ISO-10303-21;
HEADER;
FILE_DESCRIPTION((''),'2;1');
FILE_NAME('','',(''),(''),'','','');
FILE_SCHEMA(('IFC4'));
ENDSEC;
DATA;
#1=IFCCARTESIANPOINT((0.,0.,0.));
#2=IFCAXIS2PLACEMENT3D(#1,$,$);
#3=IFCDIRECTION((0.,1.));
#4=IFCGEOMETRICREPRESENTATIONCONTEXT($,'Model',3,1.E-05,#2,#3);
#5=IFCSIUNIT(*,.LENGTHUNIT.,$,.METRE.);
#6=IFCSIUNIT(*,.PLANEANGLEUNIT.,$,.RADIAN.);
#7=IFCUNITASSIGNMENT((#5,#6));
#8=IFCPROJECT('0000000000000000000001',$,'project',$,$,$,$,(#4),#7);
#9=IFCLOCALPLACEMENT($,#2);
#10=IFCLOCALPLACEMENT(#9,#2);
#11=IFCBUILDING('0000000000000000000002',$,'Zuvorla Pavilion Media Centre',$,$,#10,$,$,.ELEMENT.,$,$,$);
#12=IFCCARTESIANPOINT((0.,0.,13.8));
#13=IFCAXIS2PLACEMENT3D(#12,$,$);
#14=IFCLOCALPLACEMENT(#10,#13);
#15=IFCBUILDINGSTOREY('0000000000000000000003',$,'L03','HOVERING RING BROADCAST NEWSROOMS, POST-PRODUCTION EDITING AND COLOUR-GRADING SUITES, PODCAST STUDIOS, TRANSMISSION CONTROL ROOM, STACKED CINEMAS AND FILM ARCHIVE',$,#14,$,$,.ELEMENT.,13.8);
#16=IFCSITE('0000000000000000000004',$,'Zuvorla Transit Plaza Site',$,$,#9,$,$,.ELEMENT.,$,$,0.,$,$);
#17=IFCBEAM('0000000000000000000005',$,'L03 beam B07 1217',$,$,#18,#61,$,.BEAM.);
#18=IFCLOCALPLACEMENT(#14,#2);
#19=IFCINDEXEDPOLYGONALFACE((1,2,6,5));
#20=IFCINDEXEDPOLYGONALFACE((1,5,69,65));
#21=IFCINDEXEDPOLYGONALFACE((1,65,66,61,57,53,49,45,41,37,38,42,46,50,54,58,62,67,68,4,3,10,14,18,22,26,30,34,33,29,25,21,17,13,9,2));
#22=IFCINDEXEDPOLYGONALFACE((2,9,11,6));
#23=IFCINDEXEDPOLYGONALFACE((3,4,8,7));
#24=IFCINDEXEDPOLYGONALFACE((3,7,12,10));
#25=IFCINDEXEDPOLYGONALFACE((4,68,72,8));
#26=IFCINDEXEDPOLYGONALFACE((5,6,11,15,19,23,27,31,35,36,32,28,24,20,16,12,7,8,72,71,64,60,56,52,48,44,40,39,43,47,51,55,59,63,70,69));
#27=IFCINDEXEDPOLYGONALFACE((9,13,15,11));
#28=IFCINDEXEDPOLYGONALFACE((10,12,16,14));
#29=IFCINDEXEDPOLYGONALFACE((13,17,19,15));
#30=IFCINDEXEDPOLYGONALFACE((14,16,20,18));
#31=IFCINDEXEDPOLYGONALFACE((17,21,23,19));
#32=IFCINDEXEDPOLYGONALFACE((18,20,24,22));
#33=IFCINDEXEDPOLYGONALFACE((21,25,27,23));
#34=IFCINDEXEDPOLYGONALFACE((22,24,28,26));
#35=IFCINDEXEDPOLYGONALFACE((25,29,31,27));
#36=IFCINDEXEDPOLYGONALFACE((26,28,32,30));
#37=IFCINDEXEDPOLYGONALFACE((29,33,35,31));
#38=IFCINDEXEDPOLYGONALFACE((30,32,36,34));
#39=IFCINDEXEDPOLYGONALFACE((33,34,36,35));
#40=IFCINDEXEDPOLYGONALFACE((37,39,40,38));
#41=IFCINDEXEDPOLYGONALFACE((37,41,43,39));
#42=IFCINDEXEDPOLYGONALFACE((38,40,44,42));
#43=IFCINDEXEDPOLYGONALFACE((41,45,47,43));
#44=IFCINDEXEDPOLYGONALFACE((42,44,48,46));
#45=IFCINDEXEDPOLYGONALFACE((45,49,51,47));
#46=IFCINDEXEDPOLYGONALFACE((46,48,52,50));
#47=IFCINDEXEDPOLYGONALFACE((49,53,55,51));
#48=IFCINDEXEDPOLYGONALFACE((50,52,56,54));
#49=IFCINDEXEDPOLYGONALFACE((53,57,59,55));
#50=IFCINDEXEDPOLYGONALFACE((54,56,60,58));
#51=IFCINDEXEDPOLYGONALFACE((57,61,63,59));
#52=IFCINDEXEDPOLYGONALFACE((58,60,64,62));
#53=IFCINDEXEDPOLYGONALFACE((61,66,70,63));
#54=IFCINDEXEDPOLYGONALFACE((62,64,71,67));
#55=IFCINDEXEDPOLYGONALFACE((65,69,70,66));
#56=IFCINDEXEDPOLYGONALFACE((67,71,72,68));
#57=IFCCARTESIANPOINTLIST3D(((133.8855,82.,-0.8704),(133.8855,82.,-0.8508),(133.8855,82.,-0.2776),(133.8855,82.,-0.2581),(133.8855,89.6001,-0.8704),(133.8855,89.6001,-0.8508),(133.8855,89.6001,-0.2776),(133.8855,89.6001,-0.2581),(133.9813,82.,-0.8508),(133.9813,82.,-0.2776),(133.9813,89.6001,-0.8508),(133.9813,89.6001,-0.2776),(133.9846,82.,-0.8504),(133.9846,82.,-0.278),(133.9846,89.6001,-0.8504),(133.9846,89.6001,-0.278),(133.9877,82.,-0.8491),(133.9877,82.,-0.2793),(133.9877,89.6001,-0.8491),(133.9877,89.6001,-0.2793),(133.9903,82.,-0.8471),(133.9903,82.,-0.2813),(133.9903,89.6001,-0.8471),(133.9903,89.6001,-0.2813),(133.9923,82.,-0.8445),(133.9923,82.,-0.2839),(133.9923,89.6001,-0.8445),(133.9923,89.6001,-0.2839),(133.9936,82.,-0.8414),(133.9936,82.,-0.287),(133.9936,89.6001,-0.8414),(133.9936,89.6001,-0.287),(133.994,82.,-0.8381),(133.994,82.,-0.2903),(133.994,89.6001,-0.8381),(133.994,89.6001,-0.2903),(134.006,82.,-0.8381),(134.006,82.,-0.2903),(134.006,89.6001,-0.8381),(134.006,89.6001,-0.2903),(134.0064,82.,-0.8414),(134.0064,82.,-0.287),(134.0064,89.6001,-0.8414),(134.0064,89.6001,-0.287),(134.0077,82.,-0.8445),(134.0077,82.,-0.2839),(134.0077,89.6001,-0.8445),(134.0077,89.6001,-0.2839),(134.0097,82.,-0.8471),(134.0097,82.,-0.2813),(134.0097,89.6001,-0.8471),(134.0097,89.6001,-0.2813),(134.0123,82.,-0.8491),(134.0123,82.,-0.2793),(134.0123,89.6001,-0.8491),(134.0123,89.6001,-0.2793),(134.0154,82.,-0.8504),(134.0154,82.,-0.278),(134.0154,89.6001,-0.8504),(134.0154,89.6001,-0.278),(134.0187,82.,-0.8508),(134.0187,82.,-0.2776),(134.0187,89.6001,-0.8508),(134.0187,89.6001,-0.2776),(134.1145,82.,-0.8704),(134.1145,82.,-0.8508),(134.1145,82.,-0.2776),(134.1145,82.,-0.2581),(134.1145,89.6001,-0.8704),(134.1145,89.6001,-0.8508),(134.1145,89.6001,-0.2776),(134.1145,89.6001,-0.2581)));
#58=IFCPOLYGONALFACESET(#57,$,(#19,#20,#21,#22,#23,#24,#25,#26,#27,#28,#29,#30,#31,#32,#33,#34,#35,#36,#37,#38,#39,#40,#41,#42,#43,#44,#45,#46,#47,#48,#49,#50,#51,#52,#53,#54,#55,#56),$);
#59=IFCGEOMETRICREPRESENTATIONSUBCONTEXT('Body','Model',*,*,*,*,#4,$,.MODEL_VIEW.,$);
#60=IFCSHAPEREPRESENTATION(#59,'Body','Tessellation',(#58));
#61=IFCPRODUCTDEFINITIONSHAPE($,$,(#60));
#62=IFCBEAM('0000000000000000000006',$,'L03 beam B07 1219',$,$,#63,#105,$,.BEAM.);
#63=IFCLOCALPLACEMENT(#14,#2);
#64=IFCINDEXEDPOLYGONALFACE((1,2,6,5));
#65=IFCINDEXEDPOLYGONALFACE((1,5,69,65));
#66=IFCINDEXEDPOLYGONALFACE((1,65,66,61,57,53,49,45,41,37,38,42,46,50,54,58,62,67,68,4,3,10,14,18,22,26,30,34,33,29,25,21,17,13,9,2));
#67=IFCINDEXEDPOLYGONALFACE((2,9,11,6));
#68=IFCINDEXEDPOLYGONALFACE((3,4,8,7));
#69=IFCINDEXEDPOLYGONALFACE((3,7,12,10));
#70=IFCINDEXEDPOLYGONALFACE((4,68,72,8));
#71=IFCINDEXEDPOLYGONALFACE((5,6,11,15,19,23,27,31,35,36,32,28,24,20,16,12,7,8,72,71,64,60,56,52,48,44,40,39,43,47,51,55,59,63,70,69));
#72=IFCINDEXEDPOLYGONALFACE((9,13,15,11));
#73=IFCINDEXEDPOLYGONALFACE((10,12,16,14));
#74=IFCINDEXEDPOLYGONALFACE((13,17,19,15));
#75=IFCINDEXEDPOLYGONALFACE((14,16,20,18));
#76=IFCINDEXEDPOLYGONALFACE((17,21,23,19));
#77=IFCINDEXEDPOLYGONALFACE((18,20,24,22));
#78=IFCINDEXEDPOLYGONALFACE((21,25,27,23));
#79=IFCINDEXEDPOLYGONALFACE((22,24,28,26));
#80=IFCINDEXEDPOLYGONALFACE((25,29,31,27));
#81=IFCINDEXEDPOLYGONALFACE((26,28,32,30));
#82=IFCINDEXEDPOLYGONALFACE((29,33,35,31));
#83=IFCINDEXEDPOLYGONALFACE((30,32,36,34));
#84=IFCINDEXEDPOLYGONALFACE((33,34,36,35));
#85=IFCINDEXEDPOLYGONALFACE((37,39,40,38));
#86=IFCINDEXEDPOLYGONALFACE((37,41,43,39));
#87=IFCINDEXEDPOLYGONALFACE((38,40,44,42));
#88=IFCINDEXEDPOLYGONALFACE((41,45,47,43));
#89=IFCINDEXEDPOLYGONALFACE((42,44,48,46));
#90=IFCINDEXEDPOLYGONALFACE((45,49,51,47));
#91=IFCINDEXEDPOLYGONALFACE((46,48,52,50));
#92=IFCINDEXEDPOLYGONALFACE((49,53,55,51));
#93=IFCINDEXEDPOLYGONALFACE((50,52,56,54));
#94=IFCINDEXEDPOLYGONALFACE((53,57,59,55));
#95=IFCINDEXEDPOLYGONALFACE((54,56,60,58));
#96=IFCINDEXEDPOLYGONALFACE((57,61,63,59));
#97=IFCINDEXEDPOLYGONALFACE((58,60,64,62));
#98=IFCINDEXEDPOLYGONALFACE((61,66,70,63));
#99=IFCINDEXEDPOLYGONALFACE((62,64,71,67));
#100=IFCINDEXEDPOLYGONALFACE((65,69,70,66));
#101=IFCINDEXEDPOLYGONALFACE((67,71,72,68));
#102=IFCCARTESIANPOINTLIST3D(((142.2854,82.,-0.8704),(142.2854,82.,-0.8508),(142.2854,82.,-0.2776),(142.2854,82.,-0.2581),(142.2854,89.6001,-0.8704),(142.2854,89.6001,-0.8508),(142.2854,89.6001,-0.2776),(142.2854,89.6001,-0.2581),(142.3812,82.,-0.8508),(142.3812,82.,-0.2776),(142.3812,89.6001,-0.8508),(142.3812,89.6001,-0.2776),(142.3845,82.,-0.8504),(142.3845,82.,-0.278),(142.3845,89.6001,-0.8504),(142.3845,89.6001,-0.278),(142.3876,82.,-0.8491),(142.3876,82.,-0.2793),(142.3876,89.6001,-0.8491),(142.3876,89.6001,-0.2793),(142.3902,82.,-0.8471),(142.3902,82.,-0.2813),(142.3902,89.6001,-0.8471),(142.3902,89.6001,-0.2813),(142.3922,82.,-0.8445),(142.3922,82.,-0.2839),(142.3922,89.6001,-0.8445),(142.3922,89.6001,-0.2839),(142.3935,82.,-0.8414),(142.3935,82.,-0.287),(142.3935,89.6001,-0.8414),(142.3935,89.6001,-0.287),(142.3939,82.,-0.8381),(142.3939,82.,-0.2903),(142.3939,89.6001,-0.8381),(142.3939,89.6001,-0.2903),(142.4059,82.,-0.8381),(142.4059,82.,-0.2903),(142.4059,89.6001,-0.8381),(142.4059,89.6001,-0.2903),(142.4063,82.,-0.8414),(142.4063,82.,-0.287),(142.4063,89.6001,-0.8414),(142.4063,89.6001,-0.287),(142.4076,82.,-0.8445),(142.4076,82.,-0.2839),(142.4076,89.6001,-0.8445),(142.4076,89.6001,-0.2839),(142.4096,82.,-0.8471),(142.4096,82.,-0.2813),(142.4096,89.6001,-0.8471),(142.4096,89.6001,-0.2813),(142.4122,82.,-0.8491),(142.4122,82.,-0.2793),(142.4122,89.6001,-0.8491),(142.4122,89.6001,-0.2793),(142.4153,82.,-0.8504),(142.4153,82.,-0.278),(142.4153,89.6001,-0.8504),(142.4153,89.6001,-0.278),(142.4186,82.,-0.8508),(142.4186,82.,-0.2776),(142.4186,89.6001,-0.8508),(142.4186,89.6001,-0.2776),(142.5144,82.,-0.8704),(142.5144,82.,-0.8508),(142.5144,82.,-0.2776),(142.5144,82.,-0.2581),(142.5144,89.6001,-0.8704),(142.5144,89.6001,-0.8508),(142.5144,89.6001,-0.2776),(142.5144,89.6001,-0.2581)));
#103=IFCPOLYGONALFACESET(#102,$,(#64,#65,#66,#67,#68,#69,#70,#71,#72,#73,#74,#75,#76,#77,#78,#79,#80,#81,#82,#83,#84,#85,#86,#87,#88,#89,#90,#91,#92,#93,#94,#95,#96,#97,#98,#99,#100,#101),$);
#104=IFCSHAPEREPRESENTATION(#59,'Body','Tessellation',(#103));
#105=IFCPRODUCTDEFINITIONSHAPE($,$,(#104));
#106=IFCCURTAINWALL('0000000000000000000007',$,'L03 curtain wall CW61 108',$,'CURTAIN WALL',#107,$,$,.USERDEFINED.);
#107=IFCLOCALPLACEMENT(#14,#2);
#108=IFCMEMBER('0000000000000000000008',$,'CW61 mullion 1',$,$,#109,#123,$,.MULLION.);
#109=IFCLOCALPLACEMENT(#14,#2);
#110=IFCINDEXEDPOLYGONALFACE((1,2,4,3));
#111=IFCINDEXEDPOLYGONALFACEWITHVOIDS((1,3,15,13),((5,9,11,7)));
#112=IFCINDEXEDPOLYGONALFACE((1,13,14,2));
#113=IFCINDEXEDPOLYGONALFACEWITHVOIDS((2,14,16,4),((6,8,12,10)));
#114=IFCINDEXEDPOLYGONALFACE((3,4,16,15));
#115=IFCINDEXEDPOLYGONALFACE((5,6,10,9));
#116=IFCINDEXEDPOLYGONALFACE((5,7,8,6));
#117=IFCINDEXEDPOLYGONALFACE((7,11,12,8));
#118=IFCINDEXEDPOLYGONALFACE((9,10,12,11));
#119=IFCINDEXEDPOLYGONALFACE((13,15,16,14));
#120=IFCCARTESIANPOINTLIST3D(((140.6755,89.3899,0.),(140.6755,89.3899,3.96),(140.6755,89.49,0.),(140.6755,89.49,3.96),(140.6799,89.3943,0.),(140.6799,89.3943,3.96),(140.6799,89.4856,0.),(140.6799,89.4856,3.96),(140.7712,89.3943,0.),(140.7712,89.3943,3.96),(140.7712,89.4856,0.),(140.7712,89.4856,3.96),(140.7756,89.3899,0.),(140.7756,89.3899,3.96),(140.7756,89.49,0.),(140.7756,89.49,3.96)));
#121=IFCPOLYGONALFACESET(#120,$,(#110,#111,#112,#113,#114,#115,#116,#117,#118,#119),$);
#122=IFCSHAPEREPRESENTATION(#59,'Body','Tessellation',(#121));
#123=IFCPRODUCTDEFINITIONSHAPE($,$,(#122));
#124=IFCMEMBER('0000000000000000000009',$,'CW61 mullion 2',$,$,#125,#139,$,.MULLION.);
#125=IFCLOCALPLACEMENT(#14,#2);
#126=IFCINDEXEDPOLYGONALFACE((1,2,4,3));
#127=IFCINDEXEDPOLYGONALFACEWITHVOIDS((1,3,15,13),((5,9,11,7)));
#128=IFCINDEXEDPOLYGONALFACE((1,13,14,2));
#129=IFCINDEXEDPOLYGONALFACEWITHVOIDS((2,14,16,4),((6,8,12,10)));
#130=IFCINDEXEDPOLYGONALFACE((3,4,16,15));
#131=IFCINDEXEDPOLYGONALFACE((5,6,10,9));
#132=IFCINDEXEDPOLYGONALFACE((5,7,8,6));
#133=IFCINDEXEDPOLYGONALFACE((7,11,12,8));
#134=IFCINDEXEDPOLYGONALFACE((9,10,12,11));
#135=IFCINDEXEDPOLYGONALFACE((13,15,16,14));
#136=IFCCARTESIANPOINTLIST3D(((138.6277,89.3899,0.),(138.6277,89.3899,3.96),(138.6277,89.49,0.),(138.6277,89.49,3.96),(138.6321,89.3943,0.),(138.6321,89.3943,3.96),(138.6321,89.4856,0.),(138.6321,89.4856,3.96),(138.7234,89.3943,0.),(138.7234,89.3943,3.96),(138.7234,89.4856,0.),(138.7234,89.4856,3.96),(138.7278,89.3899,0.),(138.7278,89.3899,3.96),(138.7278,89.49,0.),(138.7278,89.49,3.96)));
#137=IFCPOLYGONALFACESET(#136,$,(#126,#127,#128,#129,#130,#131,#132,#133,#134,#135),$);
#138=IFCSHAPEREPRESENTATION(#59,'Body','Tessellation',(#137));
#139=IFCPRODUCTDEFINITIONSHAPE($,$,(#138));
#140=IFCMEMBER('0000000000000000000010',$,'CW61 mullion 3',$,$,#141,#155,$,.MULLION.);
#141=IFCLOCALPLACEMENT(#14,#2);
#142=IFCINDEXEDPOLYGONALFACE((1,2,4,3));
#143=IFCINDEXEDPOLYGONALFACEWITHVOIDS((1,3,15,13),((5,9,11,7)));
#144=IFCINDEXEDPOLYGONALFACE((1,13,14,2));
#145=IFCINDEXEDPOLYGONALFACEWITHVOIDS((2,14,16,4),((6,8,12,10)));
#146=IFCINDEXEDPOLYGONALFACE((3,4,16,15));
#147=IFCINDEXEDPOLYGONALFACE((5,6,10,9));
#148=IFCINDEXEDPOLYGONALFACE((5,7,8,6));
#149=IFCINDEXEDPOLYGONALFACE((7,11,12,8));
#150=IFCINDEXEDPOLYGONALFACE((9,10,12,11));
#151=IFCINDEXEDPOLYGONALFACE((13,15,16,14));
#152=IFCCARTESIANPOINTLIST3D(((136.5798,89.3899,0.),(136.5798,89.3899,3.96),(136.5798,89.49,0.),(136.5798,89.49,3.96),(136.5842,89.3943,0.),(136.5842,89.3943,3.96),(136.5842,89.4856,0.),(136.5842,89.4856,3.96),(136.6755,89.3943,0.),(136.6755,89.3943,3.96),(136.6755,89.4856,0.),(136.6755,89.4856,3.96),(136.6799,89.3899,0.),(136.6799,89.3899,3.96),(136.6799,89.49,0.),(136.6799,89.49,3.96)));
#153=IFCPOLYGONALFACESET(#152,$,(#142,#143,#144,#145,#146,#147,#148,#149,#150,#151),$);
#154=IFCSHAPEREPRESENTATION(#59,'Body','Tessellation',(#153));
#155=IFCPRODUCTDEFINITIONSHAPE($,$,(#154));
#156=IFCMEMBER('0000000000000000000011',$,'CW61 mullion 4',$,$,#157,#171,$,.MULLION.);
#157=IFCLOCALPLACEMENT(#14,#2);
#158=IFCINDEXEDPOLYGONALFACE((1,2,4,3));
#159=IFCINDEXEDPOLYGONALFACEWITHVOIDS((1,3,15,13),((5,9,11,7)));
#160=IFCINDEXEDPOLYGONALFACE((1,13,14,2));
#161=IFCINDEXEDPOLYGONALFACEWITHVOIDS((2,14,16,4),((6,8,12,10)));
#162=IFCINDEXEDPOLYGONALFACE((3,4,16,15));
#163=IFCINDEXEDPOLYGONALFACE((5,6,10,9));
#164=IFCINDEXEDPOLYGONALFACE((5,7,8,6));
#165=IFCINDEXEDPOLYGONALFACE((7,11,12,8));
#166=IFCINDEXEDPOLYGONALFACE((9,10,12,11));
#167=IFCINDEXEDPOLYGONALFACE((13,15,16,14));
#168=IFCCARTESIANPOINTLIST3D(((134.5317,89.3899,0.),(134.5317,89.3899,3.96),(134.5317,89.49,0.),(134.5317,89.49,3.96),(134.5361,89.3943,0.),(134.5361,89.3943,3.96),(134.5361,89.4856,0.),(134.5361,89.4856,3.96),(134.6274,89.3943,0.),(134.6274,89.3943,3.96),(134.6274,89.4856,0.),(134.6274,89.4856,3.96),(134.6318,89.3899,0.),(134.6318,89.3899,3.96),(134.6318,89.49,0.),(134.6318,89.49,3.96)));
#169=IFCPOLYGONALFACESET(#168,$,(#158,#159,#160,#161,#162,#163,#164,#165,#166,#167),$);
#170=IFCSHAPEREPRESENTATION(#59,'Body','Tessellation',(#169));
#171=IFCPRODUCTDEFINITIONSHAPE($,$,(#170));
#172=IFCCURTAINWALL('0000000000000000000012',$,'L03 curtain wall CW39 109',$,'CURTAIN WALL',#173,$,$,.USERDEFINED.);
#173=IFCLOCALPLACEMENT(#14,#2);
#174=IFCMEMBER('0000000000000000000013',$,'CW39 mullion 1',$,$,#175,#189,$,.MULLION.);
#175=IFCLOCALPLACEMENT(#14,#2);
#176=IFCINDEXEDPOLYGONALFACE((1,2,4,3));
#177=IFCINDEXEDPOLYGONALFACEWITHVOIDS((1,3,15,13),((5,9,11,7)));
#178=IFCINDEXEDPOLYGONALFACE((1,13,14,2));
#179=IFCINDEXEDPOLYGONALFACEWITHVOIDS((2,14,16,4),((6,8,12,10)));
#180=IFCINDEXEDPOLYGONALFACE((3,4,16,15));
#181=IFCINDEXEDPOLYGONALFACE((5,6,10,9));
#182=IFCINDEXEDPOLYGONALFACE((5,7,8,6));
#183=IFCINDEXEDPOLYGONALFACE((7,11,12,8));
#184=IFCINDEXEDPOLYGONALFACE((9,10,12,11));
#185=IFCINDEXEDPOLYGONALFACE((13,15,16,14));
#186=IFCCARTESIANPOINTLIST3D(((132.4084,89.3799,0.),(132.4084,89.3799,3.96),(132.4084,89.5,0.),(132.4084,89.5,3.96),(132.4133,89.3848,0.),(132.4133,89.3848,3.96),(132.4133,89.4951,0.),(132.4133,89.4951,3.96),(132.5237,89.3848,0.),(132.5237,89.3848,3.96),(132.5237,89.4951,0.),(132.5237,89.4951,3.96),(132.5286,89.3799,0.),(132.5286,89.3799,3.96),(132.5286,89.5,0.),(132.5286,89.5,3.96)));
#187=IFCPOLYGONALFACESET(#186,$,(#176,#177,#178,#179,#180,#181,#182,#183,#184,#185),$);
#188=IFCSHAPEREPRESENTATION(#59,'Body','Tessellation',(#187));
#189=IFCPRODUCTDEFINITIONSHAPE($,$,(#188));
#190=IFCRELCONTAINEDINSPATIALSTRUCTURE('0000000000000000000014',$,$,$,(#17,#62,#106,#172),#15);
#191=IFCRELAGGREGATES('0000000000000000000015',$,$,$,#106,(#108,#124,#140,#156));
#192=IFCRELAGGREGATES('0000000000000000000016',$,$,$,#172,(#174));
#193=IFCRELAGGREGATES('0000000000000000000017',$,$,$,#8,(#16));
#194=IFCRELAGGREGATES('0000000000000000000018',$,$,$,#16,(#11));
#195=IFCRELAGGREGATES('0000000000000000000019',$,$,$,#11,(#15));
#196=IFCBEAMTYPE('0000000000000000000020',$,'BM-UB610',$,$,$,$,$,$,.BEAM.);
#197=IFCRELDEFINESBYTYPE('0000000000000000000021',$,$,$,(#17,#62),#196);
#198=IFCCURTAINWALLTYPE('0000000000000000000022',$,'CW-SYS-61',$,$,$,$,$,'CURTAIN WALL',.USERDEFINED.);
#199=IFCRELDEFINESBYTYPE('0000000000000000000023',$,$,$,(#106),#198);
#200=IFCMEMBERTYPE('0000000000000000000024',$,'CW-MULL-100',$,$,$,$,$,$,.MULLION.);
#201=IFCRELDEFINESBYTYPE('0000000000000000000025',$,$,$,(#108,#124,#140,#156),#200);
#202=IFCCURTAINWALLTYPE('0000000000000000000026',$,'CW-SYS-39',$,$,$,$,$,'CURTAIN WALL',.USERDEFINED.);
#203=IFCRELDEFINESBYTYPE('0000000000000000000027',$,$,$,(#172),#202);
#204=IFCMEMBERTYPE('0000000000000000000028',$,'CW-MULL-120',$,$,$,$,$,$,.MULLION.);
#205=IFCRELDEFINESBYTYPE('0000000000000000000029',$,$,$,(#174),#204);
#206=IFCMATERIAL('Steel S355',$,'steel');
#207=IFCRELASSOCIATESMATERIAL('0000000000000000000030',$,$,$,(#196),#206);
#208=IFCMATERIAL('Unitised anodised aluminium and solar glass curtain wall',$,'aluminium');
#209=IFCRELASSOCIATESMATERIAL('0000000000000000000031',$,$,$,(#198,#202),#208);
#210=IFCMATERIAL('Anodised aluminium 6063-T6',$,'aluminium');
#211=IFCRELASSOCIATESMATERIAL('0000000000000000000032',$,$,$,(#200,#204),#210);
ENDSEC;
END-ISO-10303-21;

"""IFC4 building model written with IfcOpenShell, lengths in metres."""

from ifc_helpers import new_model, si_unit, direction, frame, origin, origin_2d, place, context, subcontext, project, spatial, hollow_rectangle, i_section, extrude, material, material_profile, profile_set, type_object, element, aggregate, save


model = new_model("IFC4")

# Units and contexts
model_context = context("Model", 3, precision=1e-05, world=origin(), true_north=direction((0.0, 1.0)))
body_context = subcontext(model_context, "Body", "Model", "MODEL_VIEW")
ifc_project = project(units=[si_unit("LENGTHUNIT", "METRE"), si_unit("PLANEANGLEUNIT", "RADIAN")], contexts=[model_context])

# Site, building, storey
site_placement = place(None, origin())
site = spatial("IfcSite", under=ifc_project, at=site_placement, Name="Zuvorla Transit Plaza Site", CompositionType="ELEMENT", RefElevation=0.0)
building_placement = place(site_placement, origin())
building = spatial("IfcBuilding", under=site, at=building_placement, Name="Zuvorla Pavilion Media Centre", CompositionType="ELEMENT")
storey_placement = place(building_placement, frame((0.0, 0.0, 13.8)))
storey = spatial("IfcBuildingStorey", under=building, at=storey_placement, Name="L03", Description="HOVERING RING BROADCAST NEWSROOMS, POST-PRODUCTION EDITING AND COLOUR-GRADING SUITES, PODCAST STUDIOS, TRANSMISSION CONTROL ROOM, STACKED CINEMAS AND FILM ARCHIVE", CompositionType="ELEMENT", Elevation=13.8)

# Shared definitions
ifc_material_1 = material(Name="Steel S355", Category="steel")

# Beams
ifc_material_profile_1 = material_profile(ifc_material_1, i_section(OverallWidth=0.229, OverallDepth=0.6123, WebThickness=0.012, FlangeThickness=0.0195, FilletRadius=0.0127, at=origin_2d()), Name="UB 610x229x125")
ifc_profile_set_1 = profile_set([ifc_material_profile_1], Name="Steel S355")
beam_type_1 = type_object("IfcBeamType", Name="BM-UB610", PredefinedType="BEAM", material=ifc_profile_set_1)
for number, where, z_axis, x_axis, name in (
    (1, (134.0, 82.0, -0.5642), (0.0, 1.0, 0.0), (-1.0, 0.0, 0.0), "L03 beam B07 1217"),
    (2, (142.3999, 82.0, -0.5642), (0.0, 1.0, 0.0), (-1.0, 0.0, 0.0), "L03 beam B07 1219"),
):
    element("IfcBeam", number, at=place(storey_placement, frame(where, z_axis=z_axis, x_axis=x_axis)), inside=storey, type_object=beam_type_1, Name=name, PredefinedType="BEAM", context=body_context, shape_type="SweptSolid", body=[
        extrude(i_section(OverallWidth=0.229, OverallDepth=0.6123, WebThickness=0.012, FlangeThickness=0.0195, FilletRadius=0.0127, at=origin_2d()), origin(), (0.0, 0.0, 1.0), 7.6001),
    ])

# Curtain walls, members
ifc_material_2 = material(Name="Unitised anodised aluminium and solar glass curtain wall", Category="aluminium")
curtain_wall_type_1 = type_object("IfcCurtainWallType", Name="CW-SYS-61", ElementType="CURTAIN WALL", PredefinedType="USERDEFINED", material=ifc_material_2)
curtain_wall_1_placement = place(storey_placement, origin())
curtain_wall_1 = element("IfcCurtainWall", 3, at=curtain_wall_1_placement, inside=storey, type_object=curtain_wall_type_1, Name="L03 curtain wall CW61 108", ObjectType="CURTAIN WALL", PredefinedType="USERDEFINED")
ifc_material_3 = material(Name="Anodised aluminium 6063-T6", Category="aluminium")
ifc_material_profile_2 = material_profile(ifc_material_3, hollow_rectangle(XDim=0.1001, YDim=0.1001, WallThickness=0.0044, at=origin_2d()), Name="ALU MULL 100x100")
ifc_profile_set_2 = profile_set([ifc_material_profile_2], Name="Anodised aluminium 6063-T6")
member_type_1 = type_object("IfcMemberType", Name="CW-MULL-100", PredefinedType="MULLION", material=ifc_profile_set_2)
member_1_placement = place(storey_placement, frame((140.7256, 89.4399, 0.0), z_axis=(0.0, 0.0, 1.0), x_axis=(1.0, 0.0, 0.0)))
member_1 = element("IfcMember", 4, at=member_1_placement, type_object=member_type_1, Name="CW61 mullion 1", PredefinedType="MULLION", context=body_context, shape_type="SweptSolid", body=[
    extrude(hollow_rectangle(XDim=0.1001, YDim=0.1001, WallThickness=0.0044, at=origin_2d()), origin(), (0.0, 0.0, 1.0), 3.96),
])
member_2_placement = place(storey_placement, frame((138.6777, 89.4399, 0.0), z_axis=(0.0, 0.0, 1.0), x_axis=(1.0, 0.0, 0.0)))
member_2 = element("IfcMember", 5, at=member_2_placement, type_object=member_type_1, Name="CW61 mullion 2", PredefinedType="MULLION", context=body_context, shape_type="SweptSolid", body=[
    extrude(hollow_rectangle(XDim=0.1001, YDim=0.1001, WallThickness=0.0044, at=origin_2d()), origin(), (0.0, 0.0, 1.0), 3.96),
])
member_3_placement = place(storey_placement, frame((136.6299, 89.4399, 0.0), z_axis=(0.0, 0.0, 1.0), x_axis=(1.0, 0.0, 0.0)))
member_3 = element("IfcMember", 6, at=member_3_placement, type_object=member_type_1, Name="CW61 mullion 3", PredefinedType="MULLION", context=body_context, shape_type="SweptSolid", body=[
    extrude(hollow_rectangle(XDim=0.1001, YDim=0.1001, WallThickness=0.0044, at=origin_2d()), origin(), (0.0, 0.0, 1.0), 3.96),
])
member_4_placement = place(storey_placement, frame((134.5818, 89.4399, 0.0), z_axis=(0.0, 0.0, 1.0), x_axis=(1.0, 0.0, 0.0)))
member_4 = element("IfcMember", 7, at=member_4_placement, type_object=member_type_1, Name="CW61 mullion 4", PredefinedType="MULLION", context=body_context, shape_type="SweptSolid", body=[
    extrude(hollow_rectangle(XDim=0.1001, YDim=0.1001, WallThickness=0.0044, at=origin_2d()), origin(), (0.0, 0.0, 1.0), 3.96),
])
curtain_wall_type_2 = type_object("IfcCurtainWallType", Name="CW-SYS-39", ElementType="CURTAIN WALL", PredefinedType="USERDEFINED", material=ifc_material_2)
curtain_wall_2_placement = place(storey_placement, origin())
curtain_wall_2 = element("IfcCurtainWall", 8, at=curtain_wall_2_placement, inside=storey, type_object=curtain_wall_type_2, Name="L03 curtain wall CW39 109", ObjectType="CURTAIN WALL", PredefinedType="USERDEFINED")
ifc_material_profile_3 = material_profile(ifc_material_3, hollow_rectangle(XDim=0.1201, YDim=0.1201, WallThickness=0.0049, at=origin_2d()), Name="ALU MULL 120x120")
ifc_profile_set_3 = profile_set([ifc_material_profile_3], Name="Anodised aluminium 6063-T6")
member_type_2 = type_object("IfcMemberType", Name="CW-MULL-120", PredefinedType="MULLION", material=ifc_profile_set_3)
member_5_placement = place(storey_placement, frame((132.4685, 89.4399, 0.0), z_axis=(0.0, 0.0, 1.0), x_axis=(1.0, 0.0, 0.0)))
member_5 = element("IfcMember", 9, at=member_5_placement, type_object=member_type_2, Name="CW39 mullion 1", PredefinedType="MULLION", context=body_context, shape_type="SweptSolid", body=[
    extrude(hollow_rectangle(XDim=0.1201, YDim=0.1201, WallThickness=0.0049, at=origin_2d()), origin(), (0.0, 0.0, 1.0), 3.96),
])

aggregate(curtain_wall_1, [member_1, member_2, member_3, member_4])
aggregate(curtain_wall_2, [member_5])

save(model, "model.ifc")
